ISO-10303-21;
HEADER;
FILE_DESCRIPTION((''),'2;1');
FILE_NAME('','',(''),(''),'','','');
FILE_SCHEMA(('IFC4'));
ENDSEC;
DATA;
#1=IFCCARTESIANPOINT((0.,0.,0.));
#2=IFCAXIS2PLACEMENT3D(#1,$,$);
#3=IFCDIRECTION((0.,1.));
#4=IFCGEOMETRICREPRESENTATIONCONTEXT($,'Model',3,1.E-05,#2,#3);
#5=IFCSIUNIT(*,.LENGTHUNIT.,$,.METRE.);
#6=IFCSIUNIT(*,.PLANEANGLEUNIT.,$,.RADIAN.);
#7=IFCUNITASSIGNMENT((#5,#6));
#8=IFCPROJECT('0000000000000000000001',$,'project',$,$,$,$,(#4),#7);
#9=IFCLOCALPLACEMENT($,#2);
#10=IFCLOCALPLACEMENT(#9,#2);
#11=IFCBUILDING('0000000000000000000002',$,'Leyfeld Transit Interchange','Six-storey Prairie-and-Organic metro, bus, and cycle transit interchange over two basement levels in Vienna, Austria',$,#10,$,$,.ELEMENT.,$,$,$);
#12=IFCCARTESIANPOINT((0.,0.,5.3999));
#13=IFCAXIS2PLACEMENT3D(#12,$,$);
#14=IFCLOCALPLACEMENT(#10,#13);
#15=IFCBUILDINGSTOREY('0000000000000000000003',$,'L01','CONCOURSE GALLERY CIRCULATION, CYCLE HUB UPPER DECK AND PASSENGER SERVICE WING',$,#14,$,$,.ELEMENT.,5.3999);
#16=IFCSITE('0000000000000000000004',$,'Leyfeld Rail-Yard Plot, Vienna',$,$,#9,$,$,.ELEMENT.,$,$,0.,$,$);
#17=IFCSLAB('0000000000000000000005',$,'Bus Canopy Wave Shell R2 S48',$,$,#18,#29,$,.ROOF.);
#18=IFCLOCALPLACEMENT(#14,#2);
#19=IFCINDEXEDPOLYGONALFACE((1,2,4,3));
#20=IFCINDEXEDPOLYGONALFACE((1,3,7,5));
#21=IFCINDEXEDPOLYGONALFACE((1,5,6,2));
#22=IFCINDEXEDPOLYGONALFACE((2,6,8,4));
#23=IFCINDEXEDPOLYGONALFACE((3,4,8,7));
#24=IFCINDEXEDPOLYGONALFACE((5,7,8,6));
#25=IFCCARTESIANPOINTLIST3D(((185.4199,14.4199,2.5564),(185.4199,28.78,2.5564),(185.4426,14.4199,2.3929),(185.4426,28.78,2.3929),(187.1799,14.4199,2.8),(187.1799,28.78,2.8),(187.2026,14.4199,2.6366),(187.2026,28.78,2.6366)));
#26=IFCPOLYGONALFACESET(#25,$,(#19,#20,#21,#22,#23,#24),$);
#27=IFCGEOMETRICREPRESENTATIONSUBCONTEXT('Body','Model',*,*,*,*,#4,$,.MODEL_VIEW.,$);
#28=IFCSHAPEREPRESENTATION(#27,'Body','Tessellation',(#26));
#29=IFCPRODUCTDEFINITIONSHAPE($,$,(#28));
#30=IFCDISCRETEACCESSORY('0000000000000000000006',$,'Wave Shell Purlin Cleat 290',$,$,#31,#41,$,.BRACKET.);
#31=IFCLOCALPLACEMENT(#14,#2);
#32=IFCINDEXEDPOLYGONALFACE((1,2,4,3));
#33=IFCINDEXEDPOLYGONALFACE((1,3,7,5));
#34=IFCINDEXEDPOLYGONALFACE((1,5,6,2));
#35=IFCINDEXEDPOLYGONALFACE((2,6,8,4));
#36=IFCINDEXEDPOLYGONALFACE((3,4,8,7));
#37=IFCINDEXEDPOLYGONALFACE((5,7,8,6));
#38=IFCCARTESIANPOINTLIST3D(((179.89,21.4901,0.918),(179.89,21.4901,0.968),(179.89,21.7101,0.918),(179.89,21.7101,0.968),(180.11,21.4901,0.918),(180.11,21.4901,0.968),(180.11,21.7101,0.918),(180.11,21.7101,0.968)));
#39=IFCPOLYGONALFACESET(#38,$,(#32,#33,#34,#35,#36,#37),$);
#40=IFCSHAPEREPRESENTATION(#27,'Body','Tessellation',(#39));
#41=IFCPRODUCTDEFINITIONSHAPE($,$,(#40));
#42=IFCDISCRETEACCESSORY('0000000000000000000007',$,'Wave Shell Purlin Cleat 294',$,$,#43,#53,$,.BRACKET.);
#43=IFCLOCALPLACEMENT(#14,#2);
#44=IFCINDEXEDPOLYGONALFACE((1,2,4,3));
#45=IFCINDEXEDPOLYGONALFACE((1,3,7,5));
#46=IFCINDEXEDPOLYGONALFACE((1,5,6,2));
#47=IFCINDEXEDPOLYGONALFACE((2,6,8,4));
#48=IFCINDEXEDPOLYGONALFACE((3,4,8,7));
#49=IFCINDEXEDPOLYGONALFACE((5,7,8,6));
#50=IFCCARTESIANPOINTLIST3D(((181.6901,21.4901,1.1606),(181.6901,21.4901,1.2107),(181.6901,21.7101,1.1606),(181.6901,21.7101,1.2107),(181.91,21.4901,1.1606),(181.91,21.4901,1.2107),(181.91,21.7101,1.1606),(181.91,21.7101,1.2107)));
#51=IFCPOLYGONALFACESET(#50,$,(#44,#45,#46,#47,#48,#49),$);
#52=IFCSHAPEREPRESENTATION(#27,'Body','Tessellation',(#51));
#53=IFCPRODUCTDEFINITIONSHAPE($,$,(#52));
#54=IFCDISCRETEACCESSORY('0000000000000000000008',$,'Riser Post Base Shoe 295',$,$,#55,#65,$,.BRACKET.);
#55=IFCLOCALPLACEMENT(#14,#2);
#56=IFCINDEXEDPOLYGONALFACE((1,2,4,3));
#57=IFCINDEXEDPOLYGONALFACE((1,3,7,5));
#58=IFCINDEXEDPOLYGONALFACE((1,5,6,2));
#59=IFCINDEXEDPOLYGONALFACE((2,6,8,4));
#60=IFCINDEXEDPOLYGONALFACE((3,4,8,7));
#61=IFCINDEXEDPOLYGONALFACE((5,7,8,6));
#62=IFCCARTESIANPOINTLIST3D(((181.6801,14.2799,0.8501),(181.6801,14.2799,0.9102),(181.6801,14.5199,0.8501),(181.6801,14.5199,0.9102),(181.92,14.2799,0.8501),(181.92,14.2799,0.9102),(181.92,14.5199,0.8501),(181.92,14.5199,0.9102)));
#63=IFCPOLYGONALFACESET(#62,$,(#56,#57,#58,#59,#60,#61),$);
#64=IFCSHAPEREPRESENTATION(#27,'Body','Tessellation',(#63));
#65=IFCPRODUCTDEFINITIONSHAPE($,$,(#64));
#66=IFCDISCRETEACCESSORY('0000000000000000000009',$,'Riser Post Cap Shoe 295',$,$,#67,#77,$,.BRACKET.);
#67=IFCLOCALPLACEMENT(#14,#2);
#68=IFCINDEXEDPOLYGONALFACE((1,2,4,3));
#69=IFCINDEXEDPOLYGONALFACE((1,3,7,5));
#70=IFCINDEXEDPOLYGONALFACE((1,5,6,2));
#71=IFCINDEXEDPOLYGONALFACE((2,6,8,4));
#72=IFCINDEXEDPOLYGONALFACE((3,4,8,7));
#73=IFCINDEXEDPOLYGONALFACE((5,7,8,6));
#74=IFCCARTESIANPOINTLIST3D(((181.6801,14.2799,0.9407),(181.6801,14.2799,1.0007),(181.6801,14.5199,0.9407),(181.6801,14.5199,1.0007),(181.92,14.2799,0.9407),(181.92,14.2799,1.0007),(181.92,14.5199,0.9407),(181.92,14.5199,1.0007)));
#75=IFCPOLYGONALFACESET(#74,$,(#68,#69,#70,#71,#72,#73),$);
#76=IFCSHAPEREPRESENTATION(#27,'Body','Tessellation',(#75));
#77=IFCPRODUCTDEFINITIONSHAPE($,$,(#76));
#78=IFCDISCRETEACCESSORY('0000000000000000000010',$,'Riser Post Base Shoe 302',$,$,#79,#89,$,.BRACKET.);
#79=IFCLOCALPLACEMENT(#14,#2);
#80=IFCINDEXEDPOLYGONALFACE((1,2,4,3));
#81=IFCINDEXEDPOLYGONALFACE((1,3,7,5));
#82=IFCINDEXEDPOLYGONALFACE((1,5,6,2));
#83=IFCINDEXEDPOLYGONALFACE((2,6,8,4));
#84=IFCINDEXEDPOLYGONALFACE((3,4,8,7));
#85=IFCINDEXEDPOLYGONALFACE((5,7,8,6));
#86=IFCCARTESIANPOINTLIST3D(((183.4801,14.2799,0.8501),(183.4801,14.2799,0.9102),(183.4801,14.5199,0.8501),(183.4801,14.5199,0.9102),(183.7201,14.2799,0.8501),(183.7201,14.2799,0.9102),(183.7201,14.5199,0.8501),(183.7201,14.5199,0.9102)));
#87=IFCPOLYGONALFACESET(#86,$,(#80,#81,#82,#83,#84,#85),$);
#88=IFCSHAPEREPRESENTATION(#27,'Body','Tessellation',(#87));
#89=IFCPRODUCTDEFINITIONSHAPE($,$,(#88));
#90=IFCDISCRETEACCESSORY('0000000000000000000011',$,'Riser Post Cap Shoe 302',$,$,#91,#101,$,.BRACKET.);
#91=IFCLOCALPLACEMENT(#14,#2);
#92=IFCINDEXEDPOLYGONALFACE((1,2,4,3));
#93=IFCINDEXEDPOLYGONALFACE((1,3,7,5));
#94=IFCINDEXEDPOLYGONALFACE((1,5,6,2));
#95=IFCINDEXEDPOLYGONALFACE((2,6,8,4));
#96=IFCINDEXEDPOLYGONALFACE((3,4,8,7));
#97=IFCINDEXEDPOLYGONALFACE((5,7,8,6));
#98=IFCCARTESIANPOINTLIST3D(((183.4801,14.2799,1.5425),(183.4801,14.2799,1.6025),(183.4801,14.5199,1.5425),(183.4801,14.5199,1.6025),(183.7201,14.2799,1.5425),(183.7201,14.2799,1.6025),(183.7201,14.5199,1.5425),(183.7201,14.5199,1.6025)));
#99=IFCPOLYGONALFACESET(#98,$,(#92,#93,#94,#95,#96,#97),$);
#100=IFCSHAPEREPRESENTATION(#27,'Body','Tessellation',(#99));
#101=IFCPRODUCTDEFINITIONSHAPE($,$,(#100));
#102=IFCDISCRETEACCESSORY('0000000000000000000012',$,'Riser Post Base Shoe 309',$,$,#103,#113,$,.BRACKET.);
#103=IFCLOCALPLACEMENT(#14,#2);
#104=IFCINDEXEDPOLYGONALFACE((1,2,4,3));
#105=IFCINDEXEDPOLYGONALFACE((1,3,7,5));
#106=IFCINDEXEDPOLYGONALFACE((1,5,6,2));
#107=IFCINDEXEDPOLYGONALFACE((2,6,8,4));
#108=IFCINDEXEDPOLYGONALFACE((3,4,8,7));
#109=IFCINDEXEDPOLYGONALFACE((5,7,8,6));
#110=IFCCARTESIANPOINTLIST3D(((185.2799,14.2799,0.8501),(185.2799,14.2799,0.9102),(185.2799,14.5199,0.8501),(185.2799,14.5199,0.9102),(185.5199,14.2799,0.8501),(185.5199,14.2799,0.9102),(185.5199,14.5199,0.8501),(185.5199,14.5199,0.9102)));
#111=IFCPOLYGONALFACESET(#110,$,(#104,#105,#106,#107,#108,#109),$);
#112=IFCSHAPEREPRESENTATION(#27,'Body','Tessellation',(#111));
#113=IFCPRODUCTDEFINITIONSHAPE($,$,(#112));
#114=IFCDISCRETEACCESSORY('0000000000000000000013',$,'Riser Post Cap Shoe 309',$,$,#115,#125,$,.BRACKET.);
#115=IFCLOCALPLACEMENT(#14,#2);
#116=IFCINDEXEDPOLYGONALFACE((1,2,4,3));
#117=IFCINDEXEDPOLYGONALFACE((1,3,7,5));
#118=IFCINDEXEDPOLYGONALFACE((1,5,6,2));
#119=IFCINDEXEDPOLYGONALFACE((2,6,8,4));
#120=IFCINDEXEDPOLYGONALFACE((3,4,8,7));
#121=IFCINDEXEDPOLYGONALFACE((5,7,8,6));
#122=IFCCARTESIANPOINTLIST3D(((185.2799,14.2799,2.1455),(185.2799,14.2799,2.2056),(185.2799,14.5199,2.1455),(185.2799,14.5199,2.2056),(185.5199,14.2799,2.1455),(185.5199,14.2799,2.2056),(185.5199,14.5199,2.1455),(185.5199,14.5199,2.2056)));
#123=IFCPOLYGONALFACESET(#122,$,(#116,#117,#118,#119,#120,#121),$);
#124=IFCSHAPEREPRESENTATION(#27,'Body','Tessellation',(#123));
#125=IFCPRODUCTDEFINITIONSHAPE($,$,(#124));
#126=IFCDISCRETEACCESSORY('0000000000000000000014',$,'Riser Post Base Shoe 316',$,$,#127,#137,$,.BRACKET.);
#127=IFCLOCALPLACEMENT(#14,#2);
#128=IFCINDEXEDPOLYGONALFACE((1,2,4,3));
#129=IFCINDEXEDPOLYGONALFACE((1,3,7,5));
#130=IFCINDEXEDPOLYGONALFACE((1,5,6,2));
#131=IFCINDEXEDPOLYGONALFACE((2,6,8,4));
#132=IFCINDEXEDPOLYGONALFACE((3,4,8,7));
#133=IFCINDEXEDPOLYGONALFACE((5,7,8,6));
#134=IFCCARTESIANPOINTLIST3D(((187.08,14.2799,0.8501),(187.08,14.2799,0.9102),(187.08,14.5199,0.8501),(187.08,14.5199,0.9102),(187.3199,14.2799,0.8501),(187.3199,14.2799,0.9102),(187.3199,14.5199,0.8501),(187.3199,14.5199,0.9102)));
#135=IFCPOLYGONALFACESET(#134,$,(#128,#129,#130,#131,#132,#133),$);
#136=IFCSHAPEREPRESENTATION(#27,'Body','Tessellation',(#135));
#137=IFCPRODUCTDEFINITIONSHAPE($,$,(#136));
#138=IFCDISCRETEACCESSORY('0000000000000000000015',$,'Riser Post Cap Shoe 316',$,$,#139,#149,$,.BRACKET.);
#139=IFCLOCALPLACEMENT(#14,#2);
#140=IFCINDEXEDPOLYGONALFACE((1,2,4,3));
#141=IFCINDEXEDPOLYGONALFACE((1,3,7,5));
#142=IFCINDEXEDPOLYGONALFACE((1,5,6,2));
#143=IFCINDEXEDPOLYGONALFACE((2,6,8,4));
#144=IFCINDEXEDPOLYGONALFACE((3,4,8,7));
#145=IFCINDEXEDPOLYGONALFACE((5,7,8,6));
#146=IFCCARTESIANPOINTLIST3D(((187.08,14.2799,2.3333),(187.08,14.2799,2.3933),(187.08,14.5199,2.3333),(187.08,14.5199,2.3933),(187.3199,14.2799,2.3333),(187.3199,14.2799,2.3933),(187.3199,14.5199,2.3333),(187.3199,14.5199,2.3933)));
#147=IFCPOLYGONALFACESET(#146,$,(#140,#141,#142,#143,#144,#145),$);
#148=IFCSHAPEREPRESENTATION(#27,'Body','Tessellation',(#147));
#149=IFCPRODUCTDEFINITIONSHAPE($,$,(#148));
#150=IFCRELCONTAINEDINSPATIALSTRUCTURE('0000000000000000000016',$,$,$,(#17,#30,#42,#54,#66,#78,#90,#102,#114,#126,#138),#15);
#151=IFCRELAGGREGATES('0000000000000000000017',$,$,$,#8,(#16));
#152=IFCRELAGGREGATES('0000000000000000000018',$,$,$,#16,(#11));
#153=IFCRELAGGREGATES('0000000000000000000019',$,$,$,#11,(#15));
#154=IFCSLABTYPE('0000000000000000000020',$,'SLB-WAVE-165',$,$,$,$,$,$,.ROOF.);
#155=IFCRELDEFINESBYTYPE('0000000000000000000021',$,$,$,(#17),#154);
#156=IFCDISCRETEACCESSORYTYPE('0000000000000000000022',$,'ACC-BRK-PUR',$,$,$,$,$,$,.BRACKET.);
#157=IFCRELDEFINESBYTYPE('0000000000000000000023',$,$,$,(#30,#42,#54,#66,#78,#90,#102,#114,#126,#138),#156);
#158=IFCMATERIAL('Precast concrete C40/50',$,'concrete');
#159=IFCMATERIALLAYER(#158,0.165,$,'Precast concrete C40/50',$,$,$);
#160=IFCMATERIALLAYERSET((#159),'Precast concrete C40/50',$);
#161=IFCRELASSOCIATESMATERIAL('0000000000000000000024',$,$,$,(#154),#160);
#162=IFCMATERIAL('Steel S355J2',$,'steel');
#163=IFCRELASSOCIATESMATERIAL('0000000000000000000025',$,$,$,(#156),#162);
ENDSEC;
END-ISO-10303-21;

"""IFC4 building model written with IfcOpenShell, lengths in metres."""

from ifc_helpers import new_model, si_unit, direction, frame, origin, origin_2d, place, context, subcontext, project, spatial, polyline, rectangle, outline, extrude, material, layer, layer_set, type_object, element, save


model = new_model("IFC4")

# Units and contexts
model_context = context("Model", 3, precision=1e-05, world=origin(), true_north=direction((0.0, 1.0)))
body_context = subcontext(model_context, "Body", "Model", "MODEL_VIEW")
ifc_project = project(units=[si_unit("LENGTHUNIT", "METRE"), si_unit("PLANEANGLEUNIT", "RADIAN")], contexts=[model_context])

# Site, building, storey
site_placement = place(None, origin())
site = spatial("IfcSite", under=ifc_project, at=site_placement, Name="Leyfeld Rail-Yard Plot, Vienna", CompositionType="ELEMENT", RefElevation=0.0)
building_placement = place(site_placement, origin())
building = spatial("IfcBuilding", under=site, at=building_placement, Name="Leyfeld Transit Interchange", Description="Six-storey Prairie-and-Organic metro, bus, and cycle transit interchange over two basement levels in Vienna, Austria", CompositionType="ELEMENT")
storey_placement = place(building_placement, frame((0.0, 0.0, 5.3999)))
storey = spatial("IfcBuildingStorey", under=building, at=storey_placement, Name="L01", Description="CONCOURSE GALLERY CIRCULATION, CYCLE HUB UPPER DECK AND PASSENGER SERVICE WING", CompositionType="ELEMENT", Elevation=5.3999)

# Shared definitions
ifc_material_1 = material(Name="Steel S355J2", Category="steel")

# Slab
ifc_material_2 = material(Name="Precast concrete C40/50", Category="concrete")
ifc_layer = layer(ifc_material_2, 0.165, Name="Precast concrete C40/50")
ifc_layer_set = layer_set([ifc_layer], Name="Precast concrete C40/50")
slab_type = type_object("IfcSlabType", Name="SLB-WAVE-165", PredefinedType="ROOF", material=ifc_layer_set)
slab_1_placement = place(storey_placement, frame((185.4199, 14.4199, 2.5564), z_axis=(-0.13713, 0.0, 0.990553), x_axis=(0.990553, 0.0, 0.13713)))
element("IfcSlab", 1, at=slab_1_placement, inside=storey, type_object=slab_type, Name="Bus Canopy Wave Shell R2 S48", PredefinedType="ROOF", context=body_context, shape_type="SweptSolid", body=[
    extrude(outline(polyline([(0.0, 0.0), (1.7768, 0.0), (1.7768, 14.3601), (0.0, 14.3601), (0.0, 0.0)])), origin(), (0.0, 0.0, -1.0), 0.165),
])

# Discrete accessories
discrete_accessory_type = type_object("IfcDiscreteAccessoryType", Name="ACC-BRK-PUR", PredefinedType="BRACKET", material=ifc_material_1)
for number, where, z_axis, x_axis, name in (
    (2, (180.0, 21.6001, 0.918), (0.0, 0.0, 1.0), (1.0, 0.0, 0.0), "Wave Shell Purlin Cleat 290"),
    (3, (181.8, 21.6001, 1.1606), (0.0, 0.0, 1.0), (1.0, 0.0, 0.0), "Wave Shell Purlin Cleat 294"),
):
    element("IfcDiscreteAccessory", number, at=place(storey_placement, frame(where, z_axis=z_axis, x_axis=x_axis)), inside=storey, type_object=discrete_accessory_type, Name=name, PredefinedType="BRACKET", context=body_context, shape_type="SweptSolid", body=[
        extrude(rectangle(XDim=0.22, YDim=0.22, at=origin_2d()), origin(), (0.0, 0.0, 1.0), 0.05),
    ])
for number, where, z_axis, x_axis, name in (
    (4, (181.8, 14.3999, 0.8501), (0.0, 0.0, 1.0), (1.0, 0.0, 0.0), "Riser Post Base Shoe 295"),
    (5, (181.8, 14.3999, 0.9407), (0.0, 0.0, 1.0), (1.0, 0.0, 0.0), "Riser Post Cap Shoe 295"),
    (6, (183.6001, 14.3999, 0.8501), (0.0, 0.0, 1.0), (1.0, 0.0, 0.0), "Riser Post Base Shoe 302"),
    (7, (183.6001, 14.3999, 1.5425), (0.0, 0.0, 1.0), (1.0, 0.0, 0.0), "Riser Post Cap Shoe 302"),
    (8, (185.3999, 14.3999, 0.8501), (0.0, 0.0, 1.0), (1.0, 0.0, 0.0), "Riser Post Base Shoe 309"),
    (9, (185.3999, 14.3999, 2.1455), (0.0, 0.0, 1.0), (1.0, 0.0, 0.0), "Riser Post Cap Shoe 309"),
    (10, (187.2, 14.3999, 0.8501), (0.0, 0.0, 1.0), (1.0, 0.0, 0.0), "Riser Post Base Shoe 316"),
    (11, (187.2, 14.3999, 2.3333), (0.0, 0.0, 1.0), (1.0, 0.0, 0.0), "Riser Post Cap Shoe 316"),
):
    element("IfcDiscreteAccessory", number, at=place(storey_placement, frame(where, z_axis=z_axis, x_axis=x_axis)), inside=storey, type_object=discrete_accessory_type, Name=name, PredefinedType="BRACKET", context=body_context, shape_type="SweptSolid", body=[
        extrude(rectangle(XDim=0.24, YDim=0.24, at=origin_2d()), origin(), (0.0, 0.0, 1.0), 0.0601),
    ])

save(model, "model.ifc")
